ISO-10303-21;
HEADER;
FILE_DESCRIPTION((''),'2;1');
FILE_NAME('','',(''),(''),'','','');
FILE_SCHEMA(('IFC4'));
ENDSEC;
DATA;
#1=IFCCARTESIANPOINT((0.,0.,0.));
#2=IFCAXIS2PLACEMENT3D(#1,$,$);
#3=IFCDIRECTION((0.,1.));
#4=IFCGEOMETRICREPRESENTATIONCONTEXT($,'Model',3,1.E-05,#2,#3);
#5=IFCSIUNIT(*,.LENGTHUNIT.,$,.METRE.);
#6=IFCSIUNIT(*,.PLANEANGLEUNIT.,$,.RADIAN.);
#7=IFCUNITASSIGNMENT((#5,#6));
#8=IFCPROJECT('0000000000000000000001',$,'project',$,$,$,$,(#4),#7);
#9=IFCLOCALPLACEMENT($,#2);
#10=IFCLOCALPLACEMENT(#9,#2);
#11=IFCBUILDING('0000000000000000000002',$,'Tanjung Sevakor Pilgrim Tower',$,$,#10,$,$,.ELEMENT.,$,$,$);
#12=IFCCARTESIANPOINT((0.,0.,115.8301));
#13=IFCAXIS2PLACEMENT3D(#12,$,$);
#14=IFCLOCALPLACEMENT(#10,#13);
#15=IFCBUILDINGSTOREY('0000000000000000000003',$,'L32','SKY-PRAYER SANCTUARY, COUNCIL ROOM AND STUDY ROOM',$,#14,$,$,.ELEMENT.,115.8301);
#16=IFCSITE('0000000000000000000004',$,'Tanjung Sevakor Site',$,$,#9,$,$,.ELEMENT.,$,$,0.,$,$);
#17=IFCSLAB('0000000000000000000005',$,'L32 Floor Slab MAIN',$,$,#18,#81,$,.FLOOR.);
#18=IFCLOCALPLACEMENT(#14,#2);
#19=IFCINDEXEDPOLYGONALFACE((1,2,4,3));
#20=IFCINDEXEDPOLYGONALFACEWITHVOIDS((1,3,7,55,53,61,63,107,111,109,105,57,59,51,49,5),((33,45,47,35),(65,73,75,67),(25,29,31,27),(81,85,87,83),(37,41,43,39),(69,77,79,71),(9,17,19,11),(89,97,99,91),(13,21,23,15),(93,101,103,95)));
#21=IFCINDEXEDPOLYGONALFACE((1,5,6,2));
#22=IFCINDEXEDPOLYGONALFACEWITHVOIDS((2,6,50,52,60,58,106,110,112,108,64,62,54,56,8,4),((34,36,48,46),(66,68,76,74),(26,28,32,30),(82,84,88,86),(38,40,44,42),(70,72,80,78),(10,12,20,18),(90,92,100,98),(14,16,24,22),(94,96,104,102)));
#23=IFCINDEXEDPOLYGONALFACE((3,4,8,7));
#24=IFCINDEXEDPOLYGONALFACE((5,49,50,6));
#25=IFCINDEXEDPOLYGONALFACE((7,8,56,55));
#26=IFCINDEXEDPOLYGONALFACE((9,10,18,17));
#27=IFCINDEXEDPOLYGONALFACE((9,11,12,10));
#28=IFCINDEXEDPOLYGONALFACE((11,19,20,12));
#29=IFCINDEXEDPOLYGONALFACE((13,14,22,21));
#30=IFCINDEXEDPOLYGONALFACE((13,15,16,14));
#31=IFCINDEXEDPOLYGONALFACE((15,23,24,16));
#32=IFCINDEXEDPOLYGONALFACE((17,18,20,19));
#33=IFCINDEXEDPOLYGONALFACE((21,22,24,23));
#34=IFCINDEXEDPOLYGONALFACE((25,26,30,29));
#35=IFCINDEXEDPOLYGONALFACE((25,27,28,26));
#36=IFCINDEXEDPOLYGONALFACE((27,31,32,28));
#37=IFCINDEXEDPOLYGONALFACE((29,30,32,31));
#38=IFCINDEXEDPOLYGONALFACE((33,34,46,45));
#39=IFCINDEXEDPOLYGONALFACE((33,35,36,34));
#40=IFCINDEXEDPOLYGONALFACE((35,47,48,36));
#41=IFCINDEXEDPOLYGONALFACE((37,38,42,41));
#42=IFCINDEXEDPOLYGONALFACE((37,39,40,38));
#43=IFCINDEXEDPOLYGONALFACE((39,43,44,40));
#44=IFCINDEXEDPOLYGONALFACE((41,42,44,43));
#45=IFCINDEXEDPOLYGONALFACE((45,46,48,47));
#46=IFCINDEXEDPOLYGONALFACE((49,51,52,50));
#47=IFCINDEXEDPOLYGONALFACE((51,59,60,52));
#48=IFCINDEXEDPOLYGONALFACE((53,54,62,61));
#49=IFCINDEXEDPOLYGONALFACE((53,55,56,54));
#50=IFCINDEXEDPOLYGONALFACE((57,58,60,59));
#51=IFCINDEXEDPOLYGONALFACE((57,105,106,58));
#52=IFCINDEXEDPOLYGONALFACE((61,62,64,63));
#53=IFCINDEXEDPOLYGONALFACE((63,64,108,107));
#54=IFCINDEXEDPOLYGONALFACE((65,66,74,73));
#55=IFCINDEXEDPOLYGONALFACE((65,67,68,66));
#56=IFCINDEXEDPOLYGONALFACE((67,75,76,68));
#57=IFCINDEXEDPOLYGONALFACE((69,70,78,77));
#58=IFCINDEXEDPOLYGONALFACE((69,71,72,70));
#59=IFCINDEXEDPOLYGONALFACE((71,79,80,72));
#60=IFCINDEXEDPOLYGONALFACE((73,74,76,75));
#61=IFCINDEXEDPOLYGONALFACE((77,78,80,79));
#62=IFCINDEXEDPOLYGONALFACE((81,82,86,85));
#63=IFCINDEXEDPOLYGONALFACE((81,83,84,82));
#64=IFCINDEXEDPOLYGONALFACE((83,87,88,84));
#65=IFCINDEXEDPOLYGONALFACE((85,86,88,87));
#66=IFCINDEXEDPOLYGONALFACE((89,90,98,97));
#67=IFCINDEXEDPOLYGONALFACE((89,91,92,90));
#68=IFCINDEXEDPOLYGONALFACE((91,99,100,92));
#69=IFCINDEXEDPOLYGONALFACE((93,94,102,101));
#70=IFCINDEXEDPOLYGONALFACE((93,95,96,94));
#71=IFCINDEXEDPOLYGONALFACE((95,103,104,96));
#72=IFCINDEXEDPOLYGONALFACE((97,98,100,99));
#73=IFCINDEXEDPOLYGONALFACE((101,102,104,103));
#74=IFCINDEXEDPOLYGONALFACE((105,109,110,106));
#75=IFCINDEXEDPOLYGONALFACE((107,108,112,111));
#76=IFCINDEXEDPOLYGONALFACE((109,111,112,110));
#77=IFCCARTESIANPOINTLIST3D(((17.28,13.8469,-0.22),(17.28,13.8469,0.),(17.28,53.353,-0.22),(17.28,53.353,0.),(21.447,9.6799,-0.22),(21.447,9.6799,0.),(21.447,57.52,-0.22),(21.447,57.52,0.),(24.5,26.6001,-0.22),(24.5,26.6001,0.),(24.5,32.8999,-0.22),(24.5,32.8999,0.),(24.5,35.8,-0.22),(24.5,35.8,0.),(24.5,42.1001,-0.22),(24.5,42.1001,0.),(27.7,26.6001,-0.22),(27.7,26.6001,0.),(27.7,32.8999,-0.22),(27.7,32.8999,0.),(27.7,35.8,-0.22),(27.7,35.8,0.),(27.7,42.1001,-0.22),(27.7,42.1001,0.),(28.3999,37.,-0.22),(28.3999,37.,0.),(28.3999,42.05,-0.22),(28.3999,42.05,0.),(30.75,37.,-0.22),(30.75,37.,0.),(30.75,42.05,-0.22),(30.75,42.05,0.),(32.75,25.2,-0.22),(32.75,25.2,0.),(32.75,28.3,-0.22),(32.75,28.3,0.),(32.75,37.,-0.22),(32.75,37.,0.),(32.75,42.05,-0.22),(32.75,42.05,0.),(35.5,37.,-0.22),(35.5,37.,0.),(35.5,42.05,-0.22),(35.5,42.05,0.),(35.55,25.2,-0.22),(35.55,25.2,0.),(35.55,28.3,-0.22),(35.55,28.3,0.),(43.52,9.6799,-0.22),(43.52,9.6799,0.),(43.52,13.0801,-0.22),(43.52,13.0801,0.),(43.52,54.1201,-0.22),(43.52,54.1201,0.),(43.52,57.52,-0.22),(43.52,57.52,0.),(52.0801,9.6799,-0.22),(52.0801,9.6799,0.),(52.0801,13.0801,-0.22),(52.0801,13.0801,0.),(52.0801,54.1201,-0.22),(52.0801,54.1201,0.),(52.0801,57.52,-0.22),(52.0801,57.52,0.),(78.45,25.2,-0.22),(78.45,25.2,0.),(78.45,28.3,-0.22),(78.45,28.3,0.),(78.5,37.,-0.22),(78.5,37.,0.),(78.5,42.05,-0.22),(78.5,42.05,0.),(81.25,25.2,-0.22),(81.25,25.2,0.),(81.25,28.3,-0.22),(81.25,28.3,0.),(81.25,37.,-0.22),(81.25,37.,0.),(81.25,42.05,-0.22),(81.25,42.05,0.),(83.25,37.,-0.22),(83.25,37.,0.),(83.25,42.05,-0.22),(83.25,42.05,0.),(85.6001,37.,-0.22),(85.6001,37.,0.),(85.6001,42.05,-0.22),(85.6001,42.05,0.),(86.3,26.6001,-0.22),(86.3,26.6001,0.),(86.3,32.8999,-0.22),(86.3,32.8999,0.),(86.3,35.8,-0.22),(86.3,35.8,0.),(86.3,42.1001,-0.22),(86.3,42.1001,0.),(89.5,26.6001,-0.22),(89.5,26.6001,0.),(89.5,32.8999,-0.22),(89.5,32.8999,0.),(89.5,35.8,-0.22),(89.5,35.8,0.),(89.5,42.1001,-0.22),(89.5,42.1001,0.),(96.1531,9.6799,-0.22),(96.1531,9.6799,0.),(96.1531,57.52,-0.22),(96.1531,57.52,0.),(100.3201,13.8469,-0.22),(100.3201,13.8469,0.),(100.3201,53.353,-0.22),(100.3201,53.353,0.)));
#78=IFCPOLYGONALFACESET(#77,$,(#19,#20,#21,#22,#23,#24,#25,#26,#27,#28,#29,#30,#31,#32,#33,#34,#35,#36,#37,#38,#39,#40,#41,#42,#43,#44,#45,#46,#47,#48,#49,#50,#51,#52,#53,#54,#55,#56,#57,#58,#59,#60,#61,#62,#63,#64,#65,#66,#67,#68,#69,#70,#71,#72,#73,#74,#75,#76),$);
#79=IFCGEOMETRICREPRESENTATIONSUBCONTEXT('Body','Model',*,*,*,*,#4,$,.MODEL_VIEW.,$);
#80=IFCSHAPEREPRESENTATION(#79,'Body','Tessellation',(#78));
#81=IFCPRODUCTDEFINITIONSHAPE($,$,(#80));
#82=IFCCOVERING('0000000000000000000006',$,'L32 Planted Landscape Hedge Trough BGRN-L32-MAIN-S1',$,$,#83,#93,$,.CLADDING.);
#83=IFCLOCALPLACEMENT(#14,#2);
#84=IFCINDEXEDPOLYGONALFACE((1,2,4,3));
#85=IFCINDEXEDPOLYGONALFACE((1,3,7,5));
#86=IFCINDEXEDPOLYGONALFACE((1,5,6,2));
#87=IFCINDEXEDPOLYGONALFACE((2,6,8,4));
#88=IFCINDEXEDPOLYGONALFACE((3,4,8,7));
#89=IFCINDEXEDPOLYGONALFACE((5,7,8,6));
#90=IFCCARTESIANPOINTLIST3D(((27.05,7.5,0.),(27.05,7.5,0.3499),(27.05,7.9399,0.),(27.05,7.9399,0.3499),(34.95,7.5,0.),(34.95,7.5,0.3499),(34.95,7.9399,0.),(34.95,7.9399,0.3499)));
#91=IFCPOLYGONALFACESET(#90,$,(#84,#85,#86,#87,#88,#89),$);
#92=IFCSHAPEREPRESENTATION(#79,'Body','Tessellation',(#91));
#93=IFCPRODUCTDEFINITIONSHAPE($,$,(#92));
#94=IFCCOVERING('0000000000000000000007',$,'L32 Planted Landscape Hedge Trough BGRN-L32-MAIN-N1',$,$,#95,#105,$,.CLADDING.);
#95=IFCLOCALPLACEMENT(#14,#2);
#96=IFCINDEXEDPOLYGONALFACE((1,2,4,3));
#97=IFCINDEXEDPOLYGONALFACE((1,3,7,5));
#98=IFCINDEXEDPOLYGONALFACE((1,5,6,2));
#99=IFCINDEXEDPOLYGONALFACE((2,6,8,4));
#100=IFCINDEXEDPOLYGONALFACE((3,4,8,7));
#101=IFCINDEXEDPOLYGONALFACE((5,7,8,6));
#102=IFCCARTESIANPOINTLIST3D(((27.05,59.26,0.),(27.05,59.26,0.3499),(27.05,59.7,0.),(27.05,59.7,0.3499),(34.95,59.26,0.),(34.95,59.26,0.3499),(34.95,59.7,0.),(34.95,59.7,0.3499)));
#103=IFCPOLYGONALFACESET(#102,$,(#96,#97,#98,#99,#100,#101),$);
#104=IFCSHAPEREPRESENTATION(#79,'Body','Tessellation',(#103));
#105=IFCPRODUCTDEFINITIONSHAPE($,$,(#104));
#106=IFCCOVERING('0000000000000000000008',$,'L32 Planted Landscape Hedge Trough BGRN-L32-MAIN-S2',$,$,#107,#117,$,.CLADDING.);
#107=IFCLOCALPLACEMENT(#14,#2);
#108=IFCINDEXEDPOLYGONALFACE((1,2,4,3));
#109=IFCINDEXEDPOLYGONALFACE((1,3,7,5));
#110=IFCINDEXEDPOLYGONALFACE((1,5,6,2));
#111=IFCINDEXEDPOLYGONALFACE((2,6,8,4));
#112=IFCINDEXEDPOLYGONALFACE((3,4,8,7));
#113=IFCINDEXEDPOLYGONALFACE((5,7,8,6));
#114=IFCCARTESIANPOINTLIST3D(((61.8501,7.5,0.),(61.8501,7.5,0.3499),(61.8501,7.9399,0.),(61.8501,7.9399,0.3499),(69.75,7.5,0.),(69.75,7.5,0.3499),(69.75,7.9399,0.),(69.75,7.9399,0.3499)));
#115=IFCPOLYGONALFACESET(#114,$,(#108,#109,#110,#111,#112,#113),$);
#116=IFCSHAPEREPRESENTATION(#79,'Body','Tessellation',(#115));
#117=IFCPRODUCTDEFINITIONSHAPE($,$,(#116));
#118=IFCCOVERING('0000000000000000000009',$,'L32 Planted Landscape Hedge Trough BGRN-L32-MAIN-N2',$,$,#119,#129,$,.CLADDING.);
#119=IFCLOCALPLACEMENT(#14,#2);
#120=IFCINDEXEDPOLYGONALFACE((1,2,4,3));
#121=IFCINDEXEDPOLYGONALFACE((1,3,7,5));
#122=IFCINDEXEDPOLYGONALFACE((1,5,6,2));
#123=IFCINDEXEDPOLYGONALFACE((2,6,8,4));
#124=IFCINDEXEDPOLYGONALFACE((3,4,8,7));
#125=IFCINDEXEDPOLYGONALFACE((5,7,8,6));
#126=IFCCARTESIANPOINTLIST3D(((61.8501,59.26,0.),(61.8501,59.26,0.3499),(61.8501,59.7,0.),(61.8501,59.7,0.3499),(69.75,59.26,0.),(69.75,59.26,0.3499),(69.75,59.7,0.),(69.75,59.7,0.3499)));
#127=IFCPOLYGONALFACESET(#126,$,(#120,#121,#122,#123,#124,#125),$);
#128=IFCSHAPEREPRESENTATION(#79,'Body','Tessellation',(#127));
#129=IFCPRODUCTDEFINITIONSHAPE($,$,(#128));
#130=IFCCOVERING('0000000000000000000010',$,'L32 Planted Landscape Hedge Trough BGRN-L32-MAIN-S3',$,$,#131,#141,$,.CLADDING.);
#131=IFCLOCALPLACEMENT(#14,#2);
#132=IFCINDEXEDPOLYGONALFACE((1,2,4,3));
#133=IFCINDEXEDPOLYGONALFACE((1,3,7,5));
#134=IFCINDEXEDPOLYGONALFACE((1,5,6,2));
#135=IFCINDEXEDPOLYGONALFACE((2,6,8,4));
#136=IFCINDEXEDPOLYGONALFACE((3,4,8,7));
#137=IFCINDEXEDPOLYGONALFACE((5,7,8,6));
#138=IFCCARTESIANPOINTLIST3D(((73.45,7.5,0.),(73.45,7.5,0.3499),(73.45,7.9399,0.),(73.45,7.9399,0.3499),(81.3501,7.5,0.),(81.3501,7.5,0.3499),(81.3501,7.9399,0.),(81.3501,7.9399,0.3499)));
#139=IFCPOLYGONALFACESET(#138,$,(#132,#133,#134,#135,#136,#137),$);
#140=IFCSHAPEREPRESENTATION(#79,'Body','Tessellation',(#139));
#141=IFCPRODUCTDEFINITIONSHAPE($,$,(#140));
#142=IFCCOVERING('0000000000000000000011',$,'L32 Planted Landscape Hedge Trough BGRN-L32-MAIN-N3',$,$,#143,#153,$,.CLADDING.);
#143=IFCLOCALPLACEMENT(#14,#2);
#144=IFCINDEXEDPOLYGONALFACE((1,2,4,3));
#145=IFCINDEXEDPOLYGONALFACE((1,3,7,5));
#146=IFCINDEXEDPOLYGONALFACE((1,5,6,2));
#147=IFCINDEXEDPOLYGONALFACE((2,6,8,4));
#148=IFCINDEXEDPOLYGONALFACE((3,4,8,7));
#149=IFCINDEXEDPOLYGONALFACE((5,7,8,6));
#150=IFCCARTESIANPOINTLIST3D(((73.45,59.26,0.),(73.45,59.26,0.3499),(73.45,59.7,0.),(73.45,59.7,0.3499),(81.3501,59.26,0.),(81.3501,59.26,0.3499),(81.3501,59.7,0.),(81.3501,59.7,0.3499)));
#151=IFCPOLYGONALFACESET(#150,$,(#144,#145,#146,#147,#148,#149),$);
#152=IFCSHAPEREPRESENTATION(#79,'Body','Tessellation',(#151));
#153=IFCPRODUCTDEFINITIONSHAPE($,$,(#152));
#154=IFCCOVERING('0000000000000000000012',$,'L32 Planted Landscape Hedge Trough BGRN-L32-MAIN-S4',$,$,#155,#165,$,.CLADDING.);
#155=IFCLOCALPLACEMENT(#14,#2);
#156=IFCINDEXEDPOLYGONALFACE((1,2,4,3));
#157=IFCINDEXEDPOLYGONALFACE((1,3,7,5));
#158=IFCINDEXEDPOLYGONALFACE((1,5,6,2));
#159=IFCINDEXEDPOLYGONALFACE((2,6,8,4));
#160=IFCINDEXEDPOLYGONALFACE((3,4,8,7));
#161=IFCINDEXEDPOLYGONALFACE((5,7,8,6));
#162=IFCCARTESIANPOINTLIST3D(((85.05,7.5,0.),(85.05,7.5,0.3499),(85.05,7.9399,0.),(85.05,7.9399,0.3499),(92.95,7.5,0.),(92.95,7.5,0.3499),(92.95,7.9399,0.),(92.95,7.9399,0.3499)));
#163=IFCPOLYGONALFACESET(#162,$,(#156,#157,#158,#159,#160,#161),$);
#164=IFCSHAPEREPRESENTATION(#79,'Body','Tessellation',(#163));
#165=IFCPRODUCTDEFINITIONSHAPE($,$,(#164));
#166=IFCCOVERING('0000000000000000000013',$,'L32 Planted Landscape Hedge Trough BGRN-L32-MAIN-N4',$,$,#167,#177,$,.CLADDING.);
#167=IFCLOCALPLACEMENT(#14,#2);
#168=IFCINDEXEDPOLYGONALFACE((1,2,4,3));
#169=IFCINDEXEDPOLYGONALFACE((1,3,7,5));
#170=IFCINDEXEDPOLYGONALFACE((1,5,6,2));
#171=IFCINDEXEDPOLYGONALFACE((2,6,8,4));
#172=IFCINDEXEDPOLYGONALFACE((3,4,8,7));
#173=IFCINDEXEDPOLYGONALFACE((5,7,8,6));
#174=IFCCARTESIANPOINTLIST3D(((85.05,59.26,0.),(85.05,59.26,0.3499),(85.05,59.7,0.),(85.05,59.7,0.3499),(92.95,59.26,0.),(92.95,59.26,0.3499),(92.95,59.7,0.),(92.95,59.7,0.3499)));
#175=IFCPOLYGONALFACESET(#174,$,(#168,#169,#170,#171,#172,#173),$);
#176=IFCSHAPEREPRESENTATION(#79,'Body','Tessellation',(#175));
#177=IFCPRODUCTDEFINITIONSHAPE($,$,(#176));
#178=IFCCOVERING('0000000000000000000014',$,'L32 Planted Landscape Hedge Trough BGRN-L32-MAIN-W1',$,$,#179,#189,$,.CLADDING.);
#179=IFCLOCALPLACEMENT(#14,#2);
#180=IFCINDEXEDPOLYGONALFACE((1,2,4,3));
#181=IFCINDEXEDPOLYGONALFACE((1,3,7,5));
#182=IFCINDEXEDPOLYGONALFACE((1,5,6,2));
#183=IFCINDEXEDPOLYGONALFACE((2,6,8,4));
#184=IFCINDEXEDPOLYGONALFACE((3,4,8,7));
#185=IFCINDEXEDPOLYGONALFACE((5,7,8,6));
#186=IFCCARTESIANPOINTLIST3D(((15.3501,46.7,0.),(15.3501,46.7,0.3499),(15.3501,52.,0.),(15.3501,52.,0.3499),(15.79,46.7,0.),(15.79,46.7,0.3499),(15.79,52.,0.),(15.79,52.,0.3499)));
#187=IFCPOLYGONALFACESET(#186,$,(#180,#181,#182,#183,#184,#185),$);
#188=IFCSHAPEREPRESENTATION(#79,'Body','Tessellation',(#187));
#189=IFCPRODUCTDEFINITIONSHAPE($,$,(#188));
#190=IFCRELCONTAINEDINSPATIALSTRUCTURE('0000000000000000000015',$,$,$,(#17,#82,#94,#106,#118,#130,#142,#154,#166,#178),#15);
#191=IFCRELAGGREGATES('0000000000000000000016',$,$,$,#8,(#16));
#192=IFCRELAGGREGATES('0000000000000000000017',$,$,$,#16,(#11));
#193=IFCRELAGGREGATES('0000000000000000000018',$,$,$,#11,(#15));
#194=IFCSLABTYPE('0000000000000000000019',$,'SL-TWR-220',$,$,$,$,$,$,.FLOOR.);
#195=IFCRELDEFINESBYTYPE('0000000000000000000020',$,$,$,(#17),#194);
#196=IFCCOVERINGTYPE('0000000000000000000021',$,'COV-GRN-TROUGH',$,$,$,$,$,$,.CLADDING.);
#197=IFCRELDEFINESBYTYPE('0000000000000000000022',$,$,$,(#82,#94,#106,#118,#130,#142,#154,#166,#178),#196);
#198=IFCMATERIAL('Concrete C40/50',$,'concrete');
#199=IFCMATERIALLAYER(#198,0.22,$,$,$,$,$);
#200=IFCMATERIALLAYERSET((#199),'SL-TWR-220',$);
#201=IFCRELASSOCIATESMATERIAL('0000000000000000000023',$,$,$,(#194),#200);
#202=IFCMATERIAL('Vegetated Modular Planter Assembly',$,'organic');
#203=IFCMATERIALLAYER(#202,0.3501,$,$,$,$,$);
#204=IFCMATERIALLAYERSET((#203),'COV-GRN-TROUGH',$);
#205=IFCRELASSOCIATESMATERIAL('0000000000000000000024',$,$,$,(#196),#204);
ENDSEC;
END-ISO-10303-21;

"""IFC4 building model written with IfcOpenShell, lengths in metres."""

from ifc_helpers import new_model, si_unit, direction, frame, origin, place, context, subcontext, project, spatial, polyline, outline, extrude, material, layer, layer_set, type_object, element, save


model = new_model("IFC4")

# Units and contexts
model_context = context("Model", 3, precision=1e-05, world=origin(), true_north=direction((0.0, 1.0)))
body_context = subcontext(model_context, "Body", "Model", "MODEL_VIEW")
ifc_project = project(units=[si_unit("LENGTHUNIT", "METRE"), si_unit("PLANEANGLEUNIT", "RADIAN")], contexts=[model_context])

# Site, building, storey
site_placement = place(None, origin())
site = spatial("IfcSite", under=ifc_project, at=site_placement, Name="Tanjung Sevakor Site", CompositionType="ELEMENT", RefElevation=0.0)
building_placement = place(site_placement, origin())
building = spatial("IfcBuilding", under=site, at=building_placement, Name="Tanjung Sevakor Pilgrim Tower", CompositionType="ELEMENT")
storey_placement = place(building_placement, frame((0.0, 0.0, 115.8301)))
storey = spatial("IfcBuildingStorey", under=building, at=storey_placement, Name="L32", Description="SKY-PRAYER SANCTUARY, COUNCIL ROOM AND STUDY ROOM", CompositionType="ELEMENT", Elevation=115.8301)

# Slab
ifc_material_1 = material(Name="Concrete C40/50", Category="concrete")
ifc_layer_1 = layer(ifc_material_1, 0.22)
ifc_layer_set_1 = layer_set([ifc_layer_1], Name="SL-TWR-220")
slab_type_1 = type_object("IfcSlabType", Name="SL-TWR-220", PredefinedType="FLOOR", material=ifc_layer_set_1)
slab_1_placement = place(storey_placement, frame((0.0, 0.0, -0.22)))
element("IfcSlab", 1, at=slab_1_placement, inside=storey, type_object=slab_type_1, Name="L32 Floor Slab MAIN", PredefinedType="FLOOR", context=body_context, shape_type="SweptSolid", body=[
    extrude(outline(polyline([(21.447, 9.6799), (43.52, 9.6799), (43.52, 13.0801), (52.0801, 13.0801), (52.0801, 9.6799), (96.1531, 9.6799), (100.3201, 13.8469), (100.3201, 53.353), (96.1531, 57.52), (52.0801, 57.52), (52.0801, 54.1201), (43.52, 54.1201), (43.52, 57.52), (21.447, 57.52), (17.28, 53.353), (17.28, 13.8469), (21.447, 9.6799)]), holes=[polyline([(27.7, 26.6001), (27.7, 32.8999), (24.5, 32.8999), (24.5, 26.6001), (27.7, 26.6001)]), polyline([(27.7, 35.8), (27.7, 42.1001), (24.5, 42.1001), (24.5, 35.8), (27.7, 35.8)]), polyline([(89.5, 26.6001), (89.5, 32.8999), (86.3, 32.8999), (86.3, 26.6001), (89.5, 26.6001)]), polyline([(89.5, 35.8), (89.5, 42.1001), (86.3, 42.1001), (86.3, 35.8), (89.5, 35.8)]), polyline([(32.75, 25.2), (35.55, 25.2), (35.55, 28.3), (32.75, 28.3), (32.75, 25.2)]), polyline([(28.3999, 37.0), (30.75, 37.0), (30.75, 42.05), (28.3999, 42.05), (28.3999, 37.0)]), polyline([(32.75, 37.0), (35.5, 37.0), (35.5, 42.05), (32.75, 42.05), (32.75, 37.0)]), polyline([(78.45, 25.2), (81.25, 25.2), (81.25, 28.3), (78.45, 28.3), (78.45, 25.2)]), polyline([(83.25, 37.0), (85.6001, 37.0), (85.6001, 42.05), (83.25, 42.05), (83.25, 37.0)]), polyline([(78.5, 37.0), (81.25, 37.0), (81.25, 42.05), (78.5, 42.05), (78.5, 37.0)])]), origin(), (0.0, 0.0, 1.0), 0.22),
])

# Coverings
ifc_material_2 = material(Name="Vegetated Modular Planter Assembly", Category="organic")
ifc_layer_2 = layer(ifc_material_2, 0.3501)
ifc_layer_set_2 = layer_set([ifc_layer_2], Name="COV-GRN-TROUGH")
covering_type = type_object("IfcCoveringType", Name="COV-GRN-TROUGH", PredefinedType="CLADDING", material=ifc_layer_set_2)
covering_1_placement = place(storey_placement, origin())
element("IfcCovering", 2, at=covering_1_placement, inside=storey, type_object=covering_type, Name="L32 Planted Landscape Hedge Trough BGRN-L32-MAIN-S1", PredefinedType="CLADDING", context=body_context, shape_type="SweptSolid", body=[
    extrude(outline(polyline([(27.05, 7.5), (34.95, 7.5), (34.95, 7.9399), (27.05, 7.9399), (27.05, 7.5)])), origin(), (0.0, 0.0, 1.0), 0.3499),
])
covering_2_placement = place(storey_placement, origin())
element("IfcCovering", 3, at=covering_2_placement, inside=storey, type_object=covering_type, Name="L32 Planted Landscape Hedge Trough BGRN-L32-MAIN-N1", PredefinedType="CLADDING", context=body_context, shape_type="SweptSolid", body=[
    extrude(outline(polyline([(27.05, 59.26), (34.95, 59.26), (34.95, 59.7), (27.05, 59.7), (27.05, 59.26)])), origin(), (0.0, 0.0, 1.0), 0.3499),
])
covering_3_placement = place(storey_placement, origin())
element("IfcCovering", 4, at=covering_3_placement, inside=storey, type_object=covering_type, Name="L32 Planted Landscape Hedge Trough BGRN-L32-MAIN-S2", PredefinedType="CLADDING", context=body_context, shape_type="SweptSolid", body=[
    extrude(outline(polyline([(61.8501, 7.5), (69.75, 7.5), (69.75, 7.9399), (61.8501, 7.9399), (61.8501, 7.5)])), origin(), (0.0, 0.0, 1.0), 0.3499),
])
covering_4_placement = place(storey_placement, origin())
element("IfcCovering", 5, at=covering_4_placement, inside=storey, type_object=covering_type, Name="L32 Planted Landscape Hedge Trough BGRN-L32-MAIN-N2", PredefinedType="CLADDING", context=body_context, shape_type="SweptSolid", body=[
    extrude(outline(polyline([(61.8501, 59.26), (69.75, 59.26), (69.75, 59.7), (61.8501, 59.7), (61.8501, 59.26)])), origin(), (0.0, 0.0, 1.0), 0.3499),
])
covering_5_placement = place(storey_placement, origin())
element("IfcCovering", 6, at=covering_5_placement, inside=storey, type_object=covering_type, Name="L32 Planted Landscape Hedge Trough BGRN-L32-MAIN-S3", PredefinedType="CLADDING", context=body_context, shape_type="SweptSolid", body=[
    extrude(outline(polyline([(73.45, 7.5), (81.3501, 7.5), (81.3501, 7.9399), (73.45, 7.9399), (73.45, 7.5)])), origin(), (0.0, 0.0, 1.0), 0.3499),
])
covering_6_placement = place(storey_placement, origin())
element("IfcCovering", 7, at=covering_6_placement, inside=storey, type_object=covering_type, Name="L32 Planted Landscape Hedge Trough BGRN-L32-MAIN-N3", PredefinedType="CLADDING", context=body_context, shape_type="SweptSolid", body=[
    extrude(outline(polyline([(73.45, 59.26), (81.3501, 59.26), (81.3501, 59.7), (73.45, 59.7), (73.45, 59.26)])), origin(), (0.0, 0.0, 1.0), 0.3499),
])
covering_7_placement = place(storey_placement, origin())
element("IfcCovering", 8, at=covering_7_placement, inside=storey, type_object=covering_type, Name="L32 Planted Landscape Hedge Trough BGRN-L32-MAIN-S4", PredefinedType="CLADDING", context=body_context, shape_type="SweptSolid", body=[
    extrude(outline(polyline([(85.05, 7.5), (92.95, 7.5), (92.95, 7.9399), (85.05, 7.9399), (85.05, 7.5)])), origin(), (0.0, 0.0, 1.0), 0.3499),
])
covering_8_placement = place(storey_placement, origin())
element("IfcCovering", 9, at=covering_8_placement, inside=storey, type_object=covering_type, Name="L32 Planted Landscape Hedge Trough BGRN-L32-MAIN-N4", PredefinedType="CLADDING", context=body_context, shape_type="SweptSolid", body=[
    extrude(outline(polyline([(85.05, 59.26), (92.95, 59.26), (92.95, 59.7), (85.05, 59.7), (85.05, 59.26)])), origin(), (0.0, 0.0, 1.0), 0.3499),
])
covering_9_placement = place(storey_placement, origin())
element("IfcCovering", 10, at=covering_9_placement, inside=storey, type_object=covering_type, Name="L32 Planted Landscape Hedge Trough BGRN-L32-MAIN-W1", PredefinedType="CLADDING", context=body_context, shape_type="SweptSolid", body=[
    extrude(outline(polyline([(15.79, 46.7), (15.79, 52.0), (15.3501, 52.0), (15.3501, 46.7), (15.79, 46.7)])), origin(), (0.0, 0.0, 1.0), 0.3499),
])

save(model, "model.ifc")
